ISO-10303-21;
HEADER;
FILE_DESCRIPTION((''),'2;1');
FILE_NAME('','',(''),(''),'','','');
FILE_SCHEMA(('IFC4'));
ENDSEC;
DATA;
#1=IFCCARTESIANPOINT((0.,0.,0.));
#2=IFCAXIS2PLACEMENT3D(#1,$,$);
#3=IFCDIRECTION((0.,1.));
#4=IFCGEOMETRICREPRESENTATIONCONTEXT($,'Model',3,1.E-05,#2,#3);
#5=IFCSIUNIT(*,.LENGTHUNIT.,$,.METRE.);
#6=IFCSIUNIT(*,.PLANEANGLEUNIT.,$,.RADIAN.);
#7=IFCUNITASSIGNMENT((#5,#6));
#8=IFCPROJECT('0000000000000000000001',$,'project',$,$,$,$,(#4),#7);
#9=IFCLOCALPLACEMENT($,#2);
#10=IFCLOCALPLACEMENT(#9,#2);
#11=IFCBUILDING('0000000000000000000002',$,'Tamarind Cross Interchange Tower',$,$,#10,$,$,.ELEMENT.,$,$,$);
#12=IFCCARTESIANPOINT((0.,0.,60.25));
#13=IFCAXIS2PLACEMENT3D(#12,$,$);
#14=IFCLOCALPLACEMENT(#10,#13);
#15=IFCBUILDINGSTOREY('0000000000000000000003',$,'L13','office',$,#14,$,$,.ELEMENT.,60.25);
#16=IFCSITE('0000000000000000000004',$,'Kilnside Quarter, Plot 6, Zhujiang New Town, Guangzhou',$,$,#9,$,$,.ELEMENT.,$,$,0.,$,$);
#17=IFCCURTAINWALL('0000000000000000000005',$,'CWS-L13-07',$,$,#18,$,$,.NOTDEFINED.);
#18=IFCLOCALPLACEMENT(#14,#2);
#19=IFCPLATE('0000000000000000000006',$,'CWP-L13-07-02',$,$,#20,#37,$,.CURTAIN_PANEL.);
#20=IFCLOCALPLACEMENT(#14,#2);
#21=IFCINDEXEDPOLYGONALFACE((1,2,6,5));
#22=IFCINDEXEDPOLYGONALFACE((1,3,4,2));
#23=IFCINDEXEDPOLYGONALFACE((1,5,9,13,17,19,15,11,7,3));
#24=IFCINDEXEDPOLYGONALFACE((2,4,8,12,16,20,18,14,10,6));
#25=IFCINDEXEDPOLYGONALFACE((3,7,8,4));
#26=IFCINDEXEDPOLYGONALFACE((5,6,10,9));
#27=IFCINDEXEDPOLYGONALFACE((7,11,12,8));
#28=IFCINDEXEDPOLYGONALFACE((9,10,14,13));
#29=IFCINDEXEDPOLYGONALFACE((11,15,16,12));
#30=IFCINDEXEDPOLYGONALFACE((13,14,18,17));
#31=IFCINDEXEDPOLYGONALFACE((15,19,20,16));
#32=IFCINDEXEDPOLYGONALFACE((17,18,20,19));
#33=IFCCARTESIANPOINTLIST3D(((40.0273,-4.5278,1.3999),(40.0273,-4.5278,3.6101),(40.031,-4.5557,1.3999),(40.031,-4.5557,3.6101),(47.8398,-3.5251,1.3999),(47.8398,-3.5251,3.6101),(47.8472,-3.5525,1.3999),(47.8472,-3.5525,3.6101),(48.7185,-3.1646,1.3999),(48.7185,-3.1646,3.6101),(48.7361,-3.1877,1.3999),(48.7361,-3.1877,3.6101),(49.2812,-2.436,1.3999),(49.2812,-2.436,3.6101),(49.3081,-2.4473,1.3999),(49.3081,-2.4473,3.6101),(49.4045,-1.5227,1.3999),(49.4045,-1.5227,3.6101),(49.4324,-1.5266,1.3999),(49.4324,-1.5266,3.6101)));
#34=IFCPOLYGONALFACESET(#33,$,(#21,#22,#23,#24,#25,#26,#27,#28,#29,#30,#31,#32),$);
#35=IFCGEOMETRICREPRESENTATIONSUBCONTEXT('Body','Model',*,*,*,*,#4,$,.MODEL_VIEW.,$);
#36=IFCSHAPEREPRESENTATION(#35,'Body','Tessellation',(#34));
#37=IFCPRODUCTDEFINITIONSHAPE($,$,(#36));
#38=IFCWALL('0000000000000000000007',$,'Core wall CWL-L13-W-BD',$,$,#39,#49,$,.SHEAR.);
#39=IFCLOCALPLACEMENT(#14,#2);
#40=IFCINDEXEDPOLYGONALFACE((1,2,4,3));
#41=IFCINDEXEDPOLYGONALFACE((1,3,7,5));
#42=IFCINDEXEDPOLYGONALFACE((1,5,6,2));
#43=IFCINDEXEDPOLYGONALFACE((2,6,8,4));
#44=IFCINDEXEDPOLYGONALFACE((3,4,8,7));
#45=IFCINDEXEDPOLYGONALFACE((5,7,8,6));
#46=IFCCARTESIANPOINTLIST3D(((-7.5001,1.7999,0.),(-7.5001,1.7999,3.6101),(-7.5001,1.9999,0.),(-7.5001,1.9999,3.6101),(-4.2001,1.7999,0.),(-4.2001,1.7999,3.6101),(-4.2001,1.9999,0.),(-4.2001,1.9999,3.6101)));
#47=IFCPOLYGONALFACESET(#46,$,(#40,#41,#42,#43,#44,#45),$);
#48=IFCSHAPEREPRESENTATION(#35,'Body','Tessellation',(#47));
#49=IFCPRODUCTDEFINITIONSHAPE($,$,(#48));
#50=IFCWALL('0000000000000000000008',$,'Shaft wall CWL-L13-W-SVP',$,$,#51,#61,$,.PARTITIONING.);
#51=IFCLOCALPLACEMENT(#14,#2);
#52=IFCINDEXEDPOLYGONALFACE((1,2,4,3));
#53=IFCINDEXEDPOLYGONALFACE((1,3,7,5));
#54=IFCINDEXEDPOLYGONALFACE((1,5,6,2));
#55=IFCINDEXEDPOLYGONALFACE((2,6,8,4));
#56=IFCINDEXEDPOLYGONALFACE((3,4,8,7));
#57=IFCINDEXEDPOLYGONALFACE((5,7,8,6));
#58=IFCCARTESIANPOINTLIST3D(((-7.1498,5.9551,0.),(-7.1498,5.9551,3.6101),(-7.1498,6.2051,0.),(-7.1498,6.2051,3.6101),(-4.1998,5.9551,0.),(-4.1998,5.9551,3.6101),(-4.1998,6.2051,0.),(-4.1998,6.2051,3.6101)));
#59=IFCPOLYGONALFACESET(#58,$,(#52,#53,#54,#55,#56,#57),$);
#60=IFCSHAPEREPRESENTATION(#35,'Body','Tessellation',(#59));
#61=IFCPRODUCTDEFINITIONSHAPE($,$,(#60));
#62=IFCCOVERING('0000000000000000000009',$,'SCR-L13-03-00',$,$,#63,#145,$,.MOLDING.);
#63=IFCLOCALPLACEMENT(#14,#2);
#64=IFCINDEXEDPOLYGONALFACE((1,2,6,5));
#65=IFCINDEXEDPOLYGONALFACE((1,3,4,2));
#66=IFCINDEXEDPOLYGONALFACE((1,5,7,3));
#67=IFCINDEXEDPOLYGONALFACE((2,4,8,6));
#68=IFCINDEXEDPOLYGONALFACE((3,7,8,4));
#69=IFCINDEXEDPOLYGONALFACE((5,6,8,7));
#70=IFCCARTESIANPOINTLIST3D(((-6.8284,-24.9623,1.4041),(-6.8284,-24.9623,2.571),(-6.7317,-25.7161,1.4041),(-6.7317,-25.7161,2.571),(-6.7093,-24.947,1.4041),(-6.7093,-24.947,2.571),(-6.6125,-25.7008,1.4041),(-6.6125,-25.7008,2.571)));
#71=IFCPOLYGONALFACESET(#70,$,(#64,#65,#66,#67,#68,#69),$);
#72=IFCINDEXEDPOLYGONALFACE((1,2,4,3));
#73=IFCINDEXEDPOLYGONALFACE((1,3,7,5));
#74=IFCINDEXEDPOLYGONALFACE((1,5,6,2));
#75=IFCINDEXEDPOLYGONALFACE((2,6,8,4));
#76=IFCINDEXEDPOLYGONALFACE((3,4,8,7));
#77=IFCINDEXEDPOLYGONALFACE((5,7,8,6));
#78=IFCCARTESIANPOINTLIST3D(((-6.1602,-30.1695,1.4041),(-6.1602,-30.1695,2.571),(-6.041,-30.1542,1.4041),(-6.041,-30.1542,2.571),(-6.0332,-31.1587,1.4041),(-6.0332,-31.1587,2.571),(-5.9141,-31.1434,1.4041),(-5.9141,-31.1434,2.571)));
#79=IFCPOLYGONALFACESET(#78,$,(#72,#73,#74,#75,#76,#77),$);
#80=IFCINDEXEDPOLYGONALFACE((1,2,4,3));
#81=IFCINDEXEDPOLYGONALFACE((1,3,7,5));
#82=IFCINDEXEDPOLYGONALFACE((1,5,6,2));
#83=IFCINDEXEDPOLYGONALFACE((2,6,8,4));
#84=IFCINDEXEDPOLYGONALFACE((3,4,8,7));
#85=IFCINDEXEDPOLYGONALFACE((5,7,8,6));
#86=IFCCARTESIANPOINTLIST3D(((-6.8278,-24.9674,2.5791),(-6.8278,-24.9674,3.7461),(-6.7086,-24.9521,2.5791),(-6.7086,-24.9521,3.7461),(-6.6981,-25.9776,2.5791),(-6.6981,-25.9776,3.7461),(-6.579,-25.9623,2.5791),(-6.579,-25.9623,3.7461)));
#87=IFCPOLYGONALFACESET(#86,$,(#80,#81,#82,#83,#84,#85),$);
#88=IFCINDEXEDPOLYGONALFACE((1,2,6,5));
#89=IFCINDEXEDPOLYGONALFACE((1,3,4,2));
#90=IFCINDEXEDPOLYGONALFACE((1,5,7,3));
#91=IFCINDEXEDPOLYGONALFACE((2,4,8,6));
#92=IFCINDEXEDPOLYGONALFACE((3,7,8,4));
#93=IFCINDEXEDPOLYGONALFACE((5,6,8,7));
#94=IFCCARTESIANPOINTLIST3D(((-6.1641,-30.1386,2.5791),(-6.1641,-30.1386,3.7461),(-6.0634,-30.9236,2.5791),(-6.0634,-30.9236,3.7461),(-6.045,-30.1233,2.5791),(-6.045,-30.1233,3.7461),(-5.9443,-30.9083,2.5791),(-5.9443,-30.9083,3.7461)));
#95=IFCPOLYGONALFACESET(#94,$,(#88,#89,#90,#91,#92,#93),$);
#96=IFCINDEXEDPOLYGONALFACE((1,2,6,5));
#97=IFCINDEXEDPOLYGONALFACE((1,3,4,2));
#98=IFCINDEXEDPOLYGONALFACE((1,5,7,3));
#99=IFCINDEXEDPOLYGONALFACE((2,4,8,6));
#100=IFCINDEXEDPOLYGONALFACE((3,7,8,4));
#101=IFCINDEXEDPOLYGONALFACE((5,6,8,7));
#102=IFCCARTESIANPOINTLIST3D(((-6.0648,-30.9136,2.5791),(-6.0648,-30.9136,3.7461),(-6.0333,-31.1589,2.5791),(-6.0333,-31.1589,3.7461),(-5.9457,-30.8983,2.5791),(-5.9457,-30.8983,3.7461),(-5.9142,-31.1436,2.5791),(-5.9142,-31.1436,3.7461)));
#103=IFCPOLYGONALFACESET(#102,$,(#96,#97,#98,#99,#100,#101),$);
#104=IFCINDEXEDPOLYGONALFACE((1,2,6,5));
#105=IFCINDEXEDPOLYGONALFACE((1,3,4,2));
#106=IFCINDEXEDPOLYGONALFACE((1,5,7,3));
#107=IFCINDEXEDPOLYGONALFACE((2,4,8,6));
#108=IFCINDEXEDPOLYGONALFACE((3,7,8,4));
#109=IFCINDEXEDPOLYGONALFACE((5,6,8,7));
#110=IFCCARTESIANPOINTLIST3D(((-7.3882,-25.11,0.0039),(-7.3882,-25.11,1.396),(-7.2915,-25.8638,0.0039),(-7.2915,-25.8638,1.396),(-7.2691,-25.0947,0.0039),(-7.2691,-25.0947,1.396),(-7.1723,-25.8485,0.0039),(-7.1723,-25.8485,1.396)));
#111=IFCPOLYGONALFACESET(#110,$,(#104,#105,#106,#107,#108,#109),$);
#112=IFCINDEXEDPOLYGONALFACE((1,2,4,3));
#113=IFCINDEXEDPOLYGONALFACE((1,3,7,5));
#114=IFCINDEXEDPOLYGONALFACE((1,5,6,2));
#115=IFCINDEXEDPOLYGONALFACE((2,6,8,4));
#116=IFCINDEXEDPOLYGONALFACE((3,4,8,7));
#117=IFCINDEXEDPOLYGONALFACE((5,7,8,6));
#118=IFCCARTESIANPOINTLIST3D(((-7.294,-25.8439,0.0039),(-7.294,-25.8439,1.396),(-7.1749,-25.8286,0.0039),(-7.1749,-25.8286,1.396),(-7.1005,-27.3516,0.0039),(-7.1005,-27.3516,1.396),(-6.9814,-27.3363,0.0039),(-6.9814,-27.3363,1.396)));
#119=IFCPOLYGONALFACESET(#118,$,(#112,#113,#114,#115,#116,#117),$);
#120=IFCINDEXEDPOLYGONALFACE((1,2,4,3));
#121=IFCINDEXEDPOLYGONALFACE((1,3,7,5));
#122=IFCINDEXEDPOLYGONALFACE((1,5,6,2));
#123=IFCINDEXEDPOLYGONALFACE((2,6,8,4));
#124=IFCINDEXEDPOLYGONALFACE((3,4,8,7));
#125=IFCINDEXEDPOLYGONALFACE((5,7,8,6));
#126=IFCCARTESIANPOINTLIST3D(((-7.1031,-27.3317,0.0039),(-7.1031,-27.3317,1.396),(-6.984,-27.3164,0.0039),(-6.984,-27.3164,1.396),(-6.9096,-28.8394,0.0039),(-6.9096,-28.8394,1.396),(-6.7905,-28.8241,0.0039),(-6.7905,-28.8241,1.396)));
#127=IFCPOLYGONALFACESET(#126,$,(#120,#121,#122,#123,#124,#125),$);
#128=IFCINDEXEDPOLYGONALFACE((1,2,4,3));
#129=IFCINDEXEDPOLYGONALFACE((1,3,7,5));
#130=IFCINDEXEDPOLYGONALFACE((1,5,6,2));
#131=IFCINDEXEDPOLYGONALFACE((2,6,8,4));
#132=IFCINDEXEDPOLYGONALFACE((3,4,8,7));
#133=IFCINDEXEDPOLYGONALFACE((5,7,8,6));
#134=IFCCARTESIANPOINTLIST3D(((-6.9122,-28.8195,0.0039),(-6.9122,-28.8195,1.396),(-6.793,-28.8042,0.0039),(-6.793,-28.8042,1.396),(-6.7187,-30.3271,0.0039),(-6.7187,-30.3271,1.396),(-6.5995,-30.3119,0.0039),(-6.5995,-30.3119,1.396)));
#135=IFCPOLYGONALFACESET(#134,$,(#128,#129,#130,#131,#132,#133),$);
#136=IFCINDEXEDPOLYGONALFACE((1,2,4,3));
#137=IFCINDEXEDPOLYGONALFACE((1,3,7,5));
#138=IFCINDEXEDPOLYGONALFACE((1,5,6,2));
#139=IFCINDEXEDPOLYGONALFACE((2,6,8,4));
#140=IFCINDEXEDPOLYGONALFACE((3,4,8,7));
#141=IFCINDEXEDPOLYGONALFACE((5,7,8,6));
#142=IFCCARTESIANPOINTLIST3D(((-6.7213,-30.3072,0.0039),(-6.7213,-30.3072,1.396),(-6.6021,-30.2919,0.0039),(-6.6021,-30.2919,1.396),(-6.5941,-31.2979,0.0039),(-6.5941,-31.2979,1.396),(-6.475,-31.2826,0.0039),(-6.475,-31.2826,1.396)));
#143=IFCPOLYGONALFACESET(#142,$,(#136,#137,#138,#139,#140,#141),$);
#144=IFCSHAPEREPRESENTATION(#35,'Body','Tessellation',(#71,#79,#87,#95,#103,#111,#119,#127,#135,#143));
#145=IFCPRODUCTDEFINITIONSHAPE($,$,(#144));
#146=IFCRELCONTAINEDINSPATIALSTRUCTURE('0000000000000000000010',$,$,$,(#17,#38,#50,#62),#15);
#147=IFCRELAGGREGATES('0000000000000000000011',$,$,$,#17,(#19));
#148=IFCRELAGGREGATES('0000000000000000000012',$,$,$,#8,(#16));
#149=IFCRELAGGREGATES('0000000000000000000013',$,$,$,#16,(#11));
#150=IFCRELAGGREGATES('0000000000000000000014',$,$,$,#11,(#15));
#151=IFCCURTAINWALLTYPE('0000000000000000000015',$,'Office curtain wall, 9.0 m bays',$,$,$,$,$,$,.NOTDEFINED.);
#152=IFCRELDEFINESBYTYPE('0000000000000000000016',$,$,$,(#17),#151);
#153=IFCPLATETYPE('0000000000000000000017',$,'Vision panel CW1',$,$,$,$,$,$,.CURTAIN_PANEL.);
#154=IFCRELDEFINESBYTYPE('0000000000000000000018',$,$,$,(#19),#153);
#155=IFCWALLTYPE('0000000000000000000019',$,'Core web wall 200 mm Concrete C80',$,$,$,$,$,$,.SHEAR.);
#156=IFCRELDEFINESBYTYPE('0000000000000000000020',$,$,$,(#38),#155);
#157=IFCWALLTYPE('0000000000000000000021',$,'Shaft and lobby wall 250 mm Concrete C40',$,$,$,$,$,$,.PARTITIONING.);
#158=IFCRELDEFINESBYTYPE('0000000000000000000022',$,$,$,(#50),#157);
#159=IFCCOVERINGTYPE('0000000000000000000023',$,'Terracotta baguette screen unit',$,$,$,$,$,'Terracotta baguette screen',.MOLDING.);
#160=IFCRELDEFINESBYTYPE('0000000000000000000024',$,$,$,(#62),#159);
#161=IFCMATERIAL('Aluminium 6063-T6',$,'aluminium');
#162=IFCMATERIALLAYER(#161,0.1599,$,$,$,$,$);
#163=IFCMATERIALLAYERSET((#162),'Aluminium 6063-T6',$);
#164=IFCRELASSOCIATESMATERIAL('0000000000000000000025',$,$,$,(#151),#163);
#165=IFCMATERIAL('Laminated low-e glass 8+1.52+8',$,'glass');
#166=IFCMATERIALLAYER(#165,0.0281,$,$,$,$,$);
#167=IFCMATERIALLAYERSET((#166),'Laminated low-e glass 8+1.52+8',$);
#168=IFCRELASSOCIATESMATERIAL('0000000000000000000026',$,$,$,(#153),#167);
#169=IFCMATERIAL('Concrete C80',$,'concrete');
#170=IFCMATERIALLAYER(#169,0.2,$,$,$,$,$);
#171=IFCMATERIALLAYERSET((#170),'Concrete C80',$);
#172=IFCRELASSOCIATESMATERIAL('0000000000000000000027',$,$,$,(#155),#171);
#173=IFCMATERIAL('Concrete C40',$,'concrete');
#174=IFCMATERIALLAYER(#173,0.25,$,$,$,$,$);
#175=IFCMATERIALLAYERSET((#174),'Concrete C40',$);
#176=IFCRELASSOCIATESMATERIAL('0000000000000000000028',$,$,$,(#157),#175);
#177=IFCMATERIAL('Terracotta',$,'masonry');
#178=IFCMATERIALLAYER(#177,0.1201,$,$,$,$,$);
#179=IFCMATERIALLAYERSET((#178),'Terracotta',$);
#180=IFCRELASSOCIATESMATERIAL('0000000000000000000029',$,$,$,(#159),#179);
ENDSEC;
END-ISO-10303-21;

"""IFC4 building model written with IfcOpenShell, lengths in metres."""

from ifc_helpers import new_model, si_unit, direction, frame, frame_2d, origin, origin_2d, place, context, subcontext, project, spatial, polyline, rectangle, outline, extrude, material, layer, layer_set, type_object, element, aggregate, save


model = new_model("IFC4")

# Units and contexts
model_context = context("Model", 3, precision=1e-05, world=origin(), true_north=direction((0.0, 1.0)))
body_context = subcontext(model_context, "Body", "Model", "MODEL_VIEW")
ifc_project = project(units=[si_unit("LENGTHUNIT", "METRE"), si_unit("PLANEANGLEUNIT", "RADIAN")], contexts=[model_context])

# Site, building, storey
site_placement = place(None, origin())
site = spatial("IfcSite", under=ifc_project, at=site_placement, Name="Kilnside Quarter, Plot 6, Zhujiang New Town, Guangzhou", CompositionType="ELEMENT", RefElevation=0.0)
building_placement = place(site_placement, origin())
building = spatial("IfcBuilding", under=site, at=building_placement, Name="Tamarind Cross Interchange Tower", CompositionType="ELEMENT")
storey_placement = place(building_placement, frame((0.0, 0.0, 60.25)))
storey = spatial("IfcBuildingStorey", under=building, at=storey_placement, Name="L13", Description="office", CompositionType="ELEMENT", Elevation=60.25)

# Curtain wall
ifc_material_1 = material(Name="Aluminium 6063-T6", Category="aluminium")
ifc_layer_1 = layer(ifc_material_1, 0.1599)
ifc_layer_set_1 = layer_set([ifc_layer_1], Name="Aluminium 6063-T6")
curtain_wall_type = type_object("IfcCurtainWallType", Name="Office curtain wall, 9.0 m bays", PredefinedType="NOTDEFINED", material=ifc_layer_set_1)
curtain_wall_1_placement = place(storey_placement, origin())
curtain_wall_1 = element("IfcCurtainWall", 1, at=curtain_wall_1_placement, inside=storey, type_object=curtain_wall_type, Name="CWS-L13-07", PredefinedType="NOTDEFINED")

# Plate
ifc_material_2 = material(Name="Laminated low-e glass 8+1.52+8", Category="glass")
ifc_layer_2 = layer(ifc_material_2, 0.0281)
ifc_layer_set_2 = layer_set([ifc_layer_2], Name="Laminated low-e glass 8+1.52+8")
plate_type = type_object("IfcPlateType", Name="Vision panel CW1", PredefinedType="CURTAIN_PANEL", material=ifc_layer_set_2)
plate_1_placement = place(storey_placement, frame((0.0, 0.0, 1.3999)))
plate_1 = element("IfcPlate", 2, at=plate_1_placement, type_object=plate_type, Name="CWP-L13-07-02", PredefinedType="CURTAIN_PANEL", context=body_context, shape_type="SweptSolid", body=[
    extrude(outline(polyline([(40.0273, -4.5278), (47.8398, -3.5251), (48.7185, -3.1646), (49.2812, -2.436), (49.4045, -1.5227), (49.4324, -1.5266), (49.3081, -2.4473), (48.7361, -3.1877), (47.8472, -3.5525), (40.031, -4.5557), (40.0273, -4.5278)])), origin(), (0.0, 0.0, 1.0), 2.2102),
])
aggregate(curtain_wall_1, [plate_1])

# Walls
ifc_material_3 = material(Name="Concrete C80", Category="concrete")
ifc_layer_3 = layer(ifc_material_3, 0.2)
ifc_layer_set_3 = layer_set([ifc_layer_3], Name="Concrete C80")
wall_type_1 = type_object("IfcWallType", Name="Core web wall 200 mm Concrete C80", PredefinedType="SHEAR", material=ifc_layer_set_3)
wall_1_placement = place(storey_placement, frame((-7.5, 1.8999, 0.0), z_axis=(0.0, 0.0, 1.0), x_axis=(1.0, 0.0, 0.0)))
element("IfcWall", 3, at=wall_1_placement, inside=storey, type_object=wall_type_1, Name="Core wall CWL-L13-W-BD", PredefinedType="SHEAR", context=body_context, shape_type="SweptSolid", body=[
    extrude(rectangle(XDim=3.3, YDim=0.2, at=frame_2d((1.6499, 0.0))), origin(), (0.0, 0.0, 1.0), 3.6101),
])
ifc_material_4 = material(Name="Concrete C40", Category="concrete")
ifc_layer_4 = layer(ifc_material_4, 0.25)
ifc_layer_set_4 = layer_set([ifc_layer_4], Name="Concrete C40")
wall_type_2 = type_object("IfcWallType", Name="Shaft and lobby wall 250 mm Concrete C40", PredefinedType="PARTITIONING", material=ifc_layer_set_4)
wall_2_placement = place(storey_placement, frame((-7.1499, 6.0801, 0.0), z_axis=(0.0, 0.0, 1.0), x_axis=(1.0, 0.0, 0.0)))
element("IfcWall", 4, at=wall_2_placement, inside=storey, type_object=wall_type_2, Name="Shaft wall CWL-L13-W-SVP", PredefinedType="PARTITIONING", context=body_context, shape_type="SweptSolid", body=[
    extrude(rectangle(XDim=2.95, YDim=0.25, at=frame_2d((1.4751, 0.0))), origin(), (0.0, 0.0, 1.0), 3.6101),
])

# Covering
ifc_material_5 = material(Name="Terracotta", Category="masonry")
ifc_layer_5 = layer(ifc_material_5, 0.1201)
ifc_layer_set_5 = layer_set([ifc_layer_5], Name="Terracotta")
covering_type = type_object("IfcCoveringType", Name="Terracotta baguette screen unit", ElementType="Terracotta baguette screen", PredefinedType="MOLDING", material=ifc_layer_set_5)
covering_1_placement = place(storey_placement, origin())
element("IfcCovering", 5, at=covering_1_placement, inside=storey, type_object=covering_type, Name="SCR-L13-03-00", PredefinedType="MOLDING", context=body_context, shape_type="SweptSolid", body=[
    extrude(rectangle(XDim=0.76, YDim=0.1201, at=origin_2d()), frame((-6.7205, -25.3315, 1.4041), z_axis=(0.0, 0.0, 1.0), x_axis=(0.1273, -0.991864, 0.0)), (0.0, 0.0, 1.0), 1.167),
    extrude(rectangle(XDim=0.9973, YDim=0.1201, at=origin_2d()), frame((-6.0371, -30.6565, 1.4041), z_axis=(0.0, 0.0, 1.0), x_axis=(0.1273, -0.991864, 0.0)), (0.0, 0.0, 1.0), 1.167),
    extrude(rectangle(XDim=1.0186, YDim=0.1201, at=origin_2d()), frame((-6.7034, -25.4648, 2.5791), z_axis=(0.0, 0.0, 1.0), x_axis=(0.1273, -0.991864, 0.0)), (0.0, 0.0, 1.0), 1.167),
    extrude(rectangle(XDim=0.7915, YDim=0.1201, at=origin_2d()), frame((-6.0542, -30.5234, 2.5791), z_axis=(0.0, 0.0, 1.0), x_axis=(0.1273, -0.991864, 0.0)), (0.0, 0.0, 1.0), 1.167),
    extrude(rectangle(XDim=0.2473, YDim=0.1201, at=origin_2d()), frame((-5.9895, -31.0286, 2.5791), z_axis=(0.0, 0.0, 1.0), x_axis=(0.1273, -0.991864, 0.0)), (0.0, 0.0, 1.0), 1.167),
    extrude(rectangle(XDim=0.76, YDim=0.1201, at=origin_2d()), frame((-7.2803, -25.4792, 0.0039), z_axis=(0.0, 0.0, 1.0), x_axis=(0.1273, -0.991864, 0.0)), (0.0, 0.0, 1.0), 1.3921),
    extrude(rectangle(XDim=1.52, YDim=0.1201, at=origin_2d()), frame((-7.1377, -26.5901, 0.0039), z_axis=(0.0, 0.0, 1.0), x_axis=(0.1273, -0.991864, 0.0)), (0.0, 0.0, 1.0), 1.3921),
    extrude(rectangle(XDim=1.52, YDim=0.1201, at=origin_2d()), frame((-6.9468, -28.0779, 0.0039), z_axis=(0.0, 0.0, 1.0), x_axis=(0.1273, -0.991864, 0.0)), (0.0, 0.0, 1.0), 1.3921),
    extrude(rectangle(XDim=1.52, YDim=0.1201, at=origin_2d()), frame((-6.7559, -29.5657, 0.0039), z_axis=(0.0, 0.0, 1.0), x_axis=(0.1273, -0.991864, 0.0)), (0.0, 0.0, 1.0), 1.3921),
    extrude(rectangle(XDim=0.9988, YDim=0.1201, at=origin_2d()), frame((-6.5981, -30.7949, 0.0039), z_axis=(0.0, 0.0, 1.0), x_axis=(0.1273, -0.991864, 0.0)), (0.0, 0.0, 1.0), 1.3921),
])

save(model, "model.ifc")
